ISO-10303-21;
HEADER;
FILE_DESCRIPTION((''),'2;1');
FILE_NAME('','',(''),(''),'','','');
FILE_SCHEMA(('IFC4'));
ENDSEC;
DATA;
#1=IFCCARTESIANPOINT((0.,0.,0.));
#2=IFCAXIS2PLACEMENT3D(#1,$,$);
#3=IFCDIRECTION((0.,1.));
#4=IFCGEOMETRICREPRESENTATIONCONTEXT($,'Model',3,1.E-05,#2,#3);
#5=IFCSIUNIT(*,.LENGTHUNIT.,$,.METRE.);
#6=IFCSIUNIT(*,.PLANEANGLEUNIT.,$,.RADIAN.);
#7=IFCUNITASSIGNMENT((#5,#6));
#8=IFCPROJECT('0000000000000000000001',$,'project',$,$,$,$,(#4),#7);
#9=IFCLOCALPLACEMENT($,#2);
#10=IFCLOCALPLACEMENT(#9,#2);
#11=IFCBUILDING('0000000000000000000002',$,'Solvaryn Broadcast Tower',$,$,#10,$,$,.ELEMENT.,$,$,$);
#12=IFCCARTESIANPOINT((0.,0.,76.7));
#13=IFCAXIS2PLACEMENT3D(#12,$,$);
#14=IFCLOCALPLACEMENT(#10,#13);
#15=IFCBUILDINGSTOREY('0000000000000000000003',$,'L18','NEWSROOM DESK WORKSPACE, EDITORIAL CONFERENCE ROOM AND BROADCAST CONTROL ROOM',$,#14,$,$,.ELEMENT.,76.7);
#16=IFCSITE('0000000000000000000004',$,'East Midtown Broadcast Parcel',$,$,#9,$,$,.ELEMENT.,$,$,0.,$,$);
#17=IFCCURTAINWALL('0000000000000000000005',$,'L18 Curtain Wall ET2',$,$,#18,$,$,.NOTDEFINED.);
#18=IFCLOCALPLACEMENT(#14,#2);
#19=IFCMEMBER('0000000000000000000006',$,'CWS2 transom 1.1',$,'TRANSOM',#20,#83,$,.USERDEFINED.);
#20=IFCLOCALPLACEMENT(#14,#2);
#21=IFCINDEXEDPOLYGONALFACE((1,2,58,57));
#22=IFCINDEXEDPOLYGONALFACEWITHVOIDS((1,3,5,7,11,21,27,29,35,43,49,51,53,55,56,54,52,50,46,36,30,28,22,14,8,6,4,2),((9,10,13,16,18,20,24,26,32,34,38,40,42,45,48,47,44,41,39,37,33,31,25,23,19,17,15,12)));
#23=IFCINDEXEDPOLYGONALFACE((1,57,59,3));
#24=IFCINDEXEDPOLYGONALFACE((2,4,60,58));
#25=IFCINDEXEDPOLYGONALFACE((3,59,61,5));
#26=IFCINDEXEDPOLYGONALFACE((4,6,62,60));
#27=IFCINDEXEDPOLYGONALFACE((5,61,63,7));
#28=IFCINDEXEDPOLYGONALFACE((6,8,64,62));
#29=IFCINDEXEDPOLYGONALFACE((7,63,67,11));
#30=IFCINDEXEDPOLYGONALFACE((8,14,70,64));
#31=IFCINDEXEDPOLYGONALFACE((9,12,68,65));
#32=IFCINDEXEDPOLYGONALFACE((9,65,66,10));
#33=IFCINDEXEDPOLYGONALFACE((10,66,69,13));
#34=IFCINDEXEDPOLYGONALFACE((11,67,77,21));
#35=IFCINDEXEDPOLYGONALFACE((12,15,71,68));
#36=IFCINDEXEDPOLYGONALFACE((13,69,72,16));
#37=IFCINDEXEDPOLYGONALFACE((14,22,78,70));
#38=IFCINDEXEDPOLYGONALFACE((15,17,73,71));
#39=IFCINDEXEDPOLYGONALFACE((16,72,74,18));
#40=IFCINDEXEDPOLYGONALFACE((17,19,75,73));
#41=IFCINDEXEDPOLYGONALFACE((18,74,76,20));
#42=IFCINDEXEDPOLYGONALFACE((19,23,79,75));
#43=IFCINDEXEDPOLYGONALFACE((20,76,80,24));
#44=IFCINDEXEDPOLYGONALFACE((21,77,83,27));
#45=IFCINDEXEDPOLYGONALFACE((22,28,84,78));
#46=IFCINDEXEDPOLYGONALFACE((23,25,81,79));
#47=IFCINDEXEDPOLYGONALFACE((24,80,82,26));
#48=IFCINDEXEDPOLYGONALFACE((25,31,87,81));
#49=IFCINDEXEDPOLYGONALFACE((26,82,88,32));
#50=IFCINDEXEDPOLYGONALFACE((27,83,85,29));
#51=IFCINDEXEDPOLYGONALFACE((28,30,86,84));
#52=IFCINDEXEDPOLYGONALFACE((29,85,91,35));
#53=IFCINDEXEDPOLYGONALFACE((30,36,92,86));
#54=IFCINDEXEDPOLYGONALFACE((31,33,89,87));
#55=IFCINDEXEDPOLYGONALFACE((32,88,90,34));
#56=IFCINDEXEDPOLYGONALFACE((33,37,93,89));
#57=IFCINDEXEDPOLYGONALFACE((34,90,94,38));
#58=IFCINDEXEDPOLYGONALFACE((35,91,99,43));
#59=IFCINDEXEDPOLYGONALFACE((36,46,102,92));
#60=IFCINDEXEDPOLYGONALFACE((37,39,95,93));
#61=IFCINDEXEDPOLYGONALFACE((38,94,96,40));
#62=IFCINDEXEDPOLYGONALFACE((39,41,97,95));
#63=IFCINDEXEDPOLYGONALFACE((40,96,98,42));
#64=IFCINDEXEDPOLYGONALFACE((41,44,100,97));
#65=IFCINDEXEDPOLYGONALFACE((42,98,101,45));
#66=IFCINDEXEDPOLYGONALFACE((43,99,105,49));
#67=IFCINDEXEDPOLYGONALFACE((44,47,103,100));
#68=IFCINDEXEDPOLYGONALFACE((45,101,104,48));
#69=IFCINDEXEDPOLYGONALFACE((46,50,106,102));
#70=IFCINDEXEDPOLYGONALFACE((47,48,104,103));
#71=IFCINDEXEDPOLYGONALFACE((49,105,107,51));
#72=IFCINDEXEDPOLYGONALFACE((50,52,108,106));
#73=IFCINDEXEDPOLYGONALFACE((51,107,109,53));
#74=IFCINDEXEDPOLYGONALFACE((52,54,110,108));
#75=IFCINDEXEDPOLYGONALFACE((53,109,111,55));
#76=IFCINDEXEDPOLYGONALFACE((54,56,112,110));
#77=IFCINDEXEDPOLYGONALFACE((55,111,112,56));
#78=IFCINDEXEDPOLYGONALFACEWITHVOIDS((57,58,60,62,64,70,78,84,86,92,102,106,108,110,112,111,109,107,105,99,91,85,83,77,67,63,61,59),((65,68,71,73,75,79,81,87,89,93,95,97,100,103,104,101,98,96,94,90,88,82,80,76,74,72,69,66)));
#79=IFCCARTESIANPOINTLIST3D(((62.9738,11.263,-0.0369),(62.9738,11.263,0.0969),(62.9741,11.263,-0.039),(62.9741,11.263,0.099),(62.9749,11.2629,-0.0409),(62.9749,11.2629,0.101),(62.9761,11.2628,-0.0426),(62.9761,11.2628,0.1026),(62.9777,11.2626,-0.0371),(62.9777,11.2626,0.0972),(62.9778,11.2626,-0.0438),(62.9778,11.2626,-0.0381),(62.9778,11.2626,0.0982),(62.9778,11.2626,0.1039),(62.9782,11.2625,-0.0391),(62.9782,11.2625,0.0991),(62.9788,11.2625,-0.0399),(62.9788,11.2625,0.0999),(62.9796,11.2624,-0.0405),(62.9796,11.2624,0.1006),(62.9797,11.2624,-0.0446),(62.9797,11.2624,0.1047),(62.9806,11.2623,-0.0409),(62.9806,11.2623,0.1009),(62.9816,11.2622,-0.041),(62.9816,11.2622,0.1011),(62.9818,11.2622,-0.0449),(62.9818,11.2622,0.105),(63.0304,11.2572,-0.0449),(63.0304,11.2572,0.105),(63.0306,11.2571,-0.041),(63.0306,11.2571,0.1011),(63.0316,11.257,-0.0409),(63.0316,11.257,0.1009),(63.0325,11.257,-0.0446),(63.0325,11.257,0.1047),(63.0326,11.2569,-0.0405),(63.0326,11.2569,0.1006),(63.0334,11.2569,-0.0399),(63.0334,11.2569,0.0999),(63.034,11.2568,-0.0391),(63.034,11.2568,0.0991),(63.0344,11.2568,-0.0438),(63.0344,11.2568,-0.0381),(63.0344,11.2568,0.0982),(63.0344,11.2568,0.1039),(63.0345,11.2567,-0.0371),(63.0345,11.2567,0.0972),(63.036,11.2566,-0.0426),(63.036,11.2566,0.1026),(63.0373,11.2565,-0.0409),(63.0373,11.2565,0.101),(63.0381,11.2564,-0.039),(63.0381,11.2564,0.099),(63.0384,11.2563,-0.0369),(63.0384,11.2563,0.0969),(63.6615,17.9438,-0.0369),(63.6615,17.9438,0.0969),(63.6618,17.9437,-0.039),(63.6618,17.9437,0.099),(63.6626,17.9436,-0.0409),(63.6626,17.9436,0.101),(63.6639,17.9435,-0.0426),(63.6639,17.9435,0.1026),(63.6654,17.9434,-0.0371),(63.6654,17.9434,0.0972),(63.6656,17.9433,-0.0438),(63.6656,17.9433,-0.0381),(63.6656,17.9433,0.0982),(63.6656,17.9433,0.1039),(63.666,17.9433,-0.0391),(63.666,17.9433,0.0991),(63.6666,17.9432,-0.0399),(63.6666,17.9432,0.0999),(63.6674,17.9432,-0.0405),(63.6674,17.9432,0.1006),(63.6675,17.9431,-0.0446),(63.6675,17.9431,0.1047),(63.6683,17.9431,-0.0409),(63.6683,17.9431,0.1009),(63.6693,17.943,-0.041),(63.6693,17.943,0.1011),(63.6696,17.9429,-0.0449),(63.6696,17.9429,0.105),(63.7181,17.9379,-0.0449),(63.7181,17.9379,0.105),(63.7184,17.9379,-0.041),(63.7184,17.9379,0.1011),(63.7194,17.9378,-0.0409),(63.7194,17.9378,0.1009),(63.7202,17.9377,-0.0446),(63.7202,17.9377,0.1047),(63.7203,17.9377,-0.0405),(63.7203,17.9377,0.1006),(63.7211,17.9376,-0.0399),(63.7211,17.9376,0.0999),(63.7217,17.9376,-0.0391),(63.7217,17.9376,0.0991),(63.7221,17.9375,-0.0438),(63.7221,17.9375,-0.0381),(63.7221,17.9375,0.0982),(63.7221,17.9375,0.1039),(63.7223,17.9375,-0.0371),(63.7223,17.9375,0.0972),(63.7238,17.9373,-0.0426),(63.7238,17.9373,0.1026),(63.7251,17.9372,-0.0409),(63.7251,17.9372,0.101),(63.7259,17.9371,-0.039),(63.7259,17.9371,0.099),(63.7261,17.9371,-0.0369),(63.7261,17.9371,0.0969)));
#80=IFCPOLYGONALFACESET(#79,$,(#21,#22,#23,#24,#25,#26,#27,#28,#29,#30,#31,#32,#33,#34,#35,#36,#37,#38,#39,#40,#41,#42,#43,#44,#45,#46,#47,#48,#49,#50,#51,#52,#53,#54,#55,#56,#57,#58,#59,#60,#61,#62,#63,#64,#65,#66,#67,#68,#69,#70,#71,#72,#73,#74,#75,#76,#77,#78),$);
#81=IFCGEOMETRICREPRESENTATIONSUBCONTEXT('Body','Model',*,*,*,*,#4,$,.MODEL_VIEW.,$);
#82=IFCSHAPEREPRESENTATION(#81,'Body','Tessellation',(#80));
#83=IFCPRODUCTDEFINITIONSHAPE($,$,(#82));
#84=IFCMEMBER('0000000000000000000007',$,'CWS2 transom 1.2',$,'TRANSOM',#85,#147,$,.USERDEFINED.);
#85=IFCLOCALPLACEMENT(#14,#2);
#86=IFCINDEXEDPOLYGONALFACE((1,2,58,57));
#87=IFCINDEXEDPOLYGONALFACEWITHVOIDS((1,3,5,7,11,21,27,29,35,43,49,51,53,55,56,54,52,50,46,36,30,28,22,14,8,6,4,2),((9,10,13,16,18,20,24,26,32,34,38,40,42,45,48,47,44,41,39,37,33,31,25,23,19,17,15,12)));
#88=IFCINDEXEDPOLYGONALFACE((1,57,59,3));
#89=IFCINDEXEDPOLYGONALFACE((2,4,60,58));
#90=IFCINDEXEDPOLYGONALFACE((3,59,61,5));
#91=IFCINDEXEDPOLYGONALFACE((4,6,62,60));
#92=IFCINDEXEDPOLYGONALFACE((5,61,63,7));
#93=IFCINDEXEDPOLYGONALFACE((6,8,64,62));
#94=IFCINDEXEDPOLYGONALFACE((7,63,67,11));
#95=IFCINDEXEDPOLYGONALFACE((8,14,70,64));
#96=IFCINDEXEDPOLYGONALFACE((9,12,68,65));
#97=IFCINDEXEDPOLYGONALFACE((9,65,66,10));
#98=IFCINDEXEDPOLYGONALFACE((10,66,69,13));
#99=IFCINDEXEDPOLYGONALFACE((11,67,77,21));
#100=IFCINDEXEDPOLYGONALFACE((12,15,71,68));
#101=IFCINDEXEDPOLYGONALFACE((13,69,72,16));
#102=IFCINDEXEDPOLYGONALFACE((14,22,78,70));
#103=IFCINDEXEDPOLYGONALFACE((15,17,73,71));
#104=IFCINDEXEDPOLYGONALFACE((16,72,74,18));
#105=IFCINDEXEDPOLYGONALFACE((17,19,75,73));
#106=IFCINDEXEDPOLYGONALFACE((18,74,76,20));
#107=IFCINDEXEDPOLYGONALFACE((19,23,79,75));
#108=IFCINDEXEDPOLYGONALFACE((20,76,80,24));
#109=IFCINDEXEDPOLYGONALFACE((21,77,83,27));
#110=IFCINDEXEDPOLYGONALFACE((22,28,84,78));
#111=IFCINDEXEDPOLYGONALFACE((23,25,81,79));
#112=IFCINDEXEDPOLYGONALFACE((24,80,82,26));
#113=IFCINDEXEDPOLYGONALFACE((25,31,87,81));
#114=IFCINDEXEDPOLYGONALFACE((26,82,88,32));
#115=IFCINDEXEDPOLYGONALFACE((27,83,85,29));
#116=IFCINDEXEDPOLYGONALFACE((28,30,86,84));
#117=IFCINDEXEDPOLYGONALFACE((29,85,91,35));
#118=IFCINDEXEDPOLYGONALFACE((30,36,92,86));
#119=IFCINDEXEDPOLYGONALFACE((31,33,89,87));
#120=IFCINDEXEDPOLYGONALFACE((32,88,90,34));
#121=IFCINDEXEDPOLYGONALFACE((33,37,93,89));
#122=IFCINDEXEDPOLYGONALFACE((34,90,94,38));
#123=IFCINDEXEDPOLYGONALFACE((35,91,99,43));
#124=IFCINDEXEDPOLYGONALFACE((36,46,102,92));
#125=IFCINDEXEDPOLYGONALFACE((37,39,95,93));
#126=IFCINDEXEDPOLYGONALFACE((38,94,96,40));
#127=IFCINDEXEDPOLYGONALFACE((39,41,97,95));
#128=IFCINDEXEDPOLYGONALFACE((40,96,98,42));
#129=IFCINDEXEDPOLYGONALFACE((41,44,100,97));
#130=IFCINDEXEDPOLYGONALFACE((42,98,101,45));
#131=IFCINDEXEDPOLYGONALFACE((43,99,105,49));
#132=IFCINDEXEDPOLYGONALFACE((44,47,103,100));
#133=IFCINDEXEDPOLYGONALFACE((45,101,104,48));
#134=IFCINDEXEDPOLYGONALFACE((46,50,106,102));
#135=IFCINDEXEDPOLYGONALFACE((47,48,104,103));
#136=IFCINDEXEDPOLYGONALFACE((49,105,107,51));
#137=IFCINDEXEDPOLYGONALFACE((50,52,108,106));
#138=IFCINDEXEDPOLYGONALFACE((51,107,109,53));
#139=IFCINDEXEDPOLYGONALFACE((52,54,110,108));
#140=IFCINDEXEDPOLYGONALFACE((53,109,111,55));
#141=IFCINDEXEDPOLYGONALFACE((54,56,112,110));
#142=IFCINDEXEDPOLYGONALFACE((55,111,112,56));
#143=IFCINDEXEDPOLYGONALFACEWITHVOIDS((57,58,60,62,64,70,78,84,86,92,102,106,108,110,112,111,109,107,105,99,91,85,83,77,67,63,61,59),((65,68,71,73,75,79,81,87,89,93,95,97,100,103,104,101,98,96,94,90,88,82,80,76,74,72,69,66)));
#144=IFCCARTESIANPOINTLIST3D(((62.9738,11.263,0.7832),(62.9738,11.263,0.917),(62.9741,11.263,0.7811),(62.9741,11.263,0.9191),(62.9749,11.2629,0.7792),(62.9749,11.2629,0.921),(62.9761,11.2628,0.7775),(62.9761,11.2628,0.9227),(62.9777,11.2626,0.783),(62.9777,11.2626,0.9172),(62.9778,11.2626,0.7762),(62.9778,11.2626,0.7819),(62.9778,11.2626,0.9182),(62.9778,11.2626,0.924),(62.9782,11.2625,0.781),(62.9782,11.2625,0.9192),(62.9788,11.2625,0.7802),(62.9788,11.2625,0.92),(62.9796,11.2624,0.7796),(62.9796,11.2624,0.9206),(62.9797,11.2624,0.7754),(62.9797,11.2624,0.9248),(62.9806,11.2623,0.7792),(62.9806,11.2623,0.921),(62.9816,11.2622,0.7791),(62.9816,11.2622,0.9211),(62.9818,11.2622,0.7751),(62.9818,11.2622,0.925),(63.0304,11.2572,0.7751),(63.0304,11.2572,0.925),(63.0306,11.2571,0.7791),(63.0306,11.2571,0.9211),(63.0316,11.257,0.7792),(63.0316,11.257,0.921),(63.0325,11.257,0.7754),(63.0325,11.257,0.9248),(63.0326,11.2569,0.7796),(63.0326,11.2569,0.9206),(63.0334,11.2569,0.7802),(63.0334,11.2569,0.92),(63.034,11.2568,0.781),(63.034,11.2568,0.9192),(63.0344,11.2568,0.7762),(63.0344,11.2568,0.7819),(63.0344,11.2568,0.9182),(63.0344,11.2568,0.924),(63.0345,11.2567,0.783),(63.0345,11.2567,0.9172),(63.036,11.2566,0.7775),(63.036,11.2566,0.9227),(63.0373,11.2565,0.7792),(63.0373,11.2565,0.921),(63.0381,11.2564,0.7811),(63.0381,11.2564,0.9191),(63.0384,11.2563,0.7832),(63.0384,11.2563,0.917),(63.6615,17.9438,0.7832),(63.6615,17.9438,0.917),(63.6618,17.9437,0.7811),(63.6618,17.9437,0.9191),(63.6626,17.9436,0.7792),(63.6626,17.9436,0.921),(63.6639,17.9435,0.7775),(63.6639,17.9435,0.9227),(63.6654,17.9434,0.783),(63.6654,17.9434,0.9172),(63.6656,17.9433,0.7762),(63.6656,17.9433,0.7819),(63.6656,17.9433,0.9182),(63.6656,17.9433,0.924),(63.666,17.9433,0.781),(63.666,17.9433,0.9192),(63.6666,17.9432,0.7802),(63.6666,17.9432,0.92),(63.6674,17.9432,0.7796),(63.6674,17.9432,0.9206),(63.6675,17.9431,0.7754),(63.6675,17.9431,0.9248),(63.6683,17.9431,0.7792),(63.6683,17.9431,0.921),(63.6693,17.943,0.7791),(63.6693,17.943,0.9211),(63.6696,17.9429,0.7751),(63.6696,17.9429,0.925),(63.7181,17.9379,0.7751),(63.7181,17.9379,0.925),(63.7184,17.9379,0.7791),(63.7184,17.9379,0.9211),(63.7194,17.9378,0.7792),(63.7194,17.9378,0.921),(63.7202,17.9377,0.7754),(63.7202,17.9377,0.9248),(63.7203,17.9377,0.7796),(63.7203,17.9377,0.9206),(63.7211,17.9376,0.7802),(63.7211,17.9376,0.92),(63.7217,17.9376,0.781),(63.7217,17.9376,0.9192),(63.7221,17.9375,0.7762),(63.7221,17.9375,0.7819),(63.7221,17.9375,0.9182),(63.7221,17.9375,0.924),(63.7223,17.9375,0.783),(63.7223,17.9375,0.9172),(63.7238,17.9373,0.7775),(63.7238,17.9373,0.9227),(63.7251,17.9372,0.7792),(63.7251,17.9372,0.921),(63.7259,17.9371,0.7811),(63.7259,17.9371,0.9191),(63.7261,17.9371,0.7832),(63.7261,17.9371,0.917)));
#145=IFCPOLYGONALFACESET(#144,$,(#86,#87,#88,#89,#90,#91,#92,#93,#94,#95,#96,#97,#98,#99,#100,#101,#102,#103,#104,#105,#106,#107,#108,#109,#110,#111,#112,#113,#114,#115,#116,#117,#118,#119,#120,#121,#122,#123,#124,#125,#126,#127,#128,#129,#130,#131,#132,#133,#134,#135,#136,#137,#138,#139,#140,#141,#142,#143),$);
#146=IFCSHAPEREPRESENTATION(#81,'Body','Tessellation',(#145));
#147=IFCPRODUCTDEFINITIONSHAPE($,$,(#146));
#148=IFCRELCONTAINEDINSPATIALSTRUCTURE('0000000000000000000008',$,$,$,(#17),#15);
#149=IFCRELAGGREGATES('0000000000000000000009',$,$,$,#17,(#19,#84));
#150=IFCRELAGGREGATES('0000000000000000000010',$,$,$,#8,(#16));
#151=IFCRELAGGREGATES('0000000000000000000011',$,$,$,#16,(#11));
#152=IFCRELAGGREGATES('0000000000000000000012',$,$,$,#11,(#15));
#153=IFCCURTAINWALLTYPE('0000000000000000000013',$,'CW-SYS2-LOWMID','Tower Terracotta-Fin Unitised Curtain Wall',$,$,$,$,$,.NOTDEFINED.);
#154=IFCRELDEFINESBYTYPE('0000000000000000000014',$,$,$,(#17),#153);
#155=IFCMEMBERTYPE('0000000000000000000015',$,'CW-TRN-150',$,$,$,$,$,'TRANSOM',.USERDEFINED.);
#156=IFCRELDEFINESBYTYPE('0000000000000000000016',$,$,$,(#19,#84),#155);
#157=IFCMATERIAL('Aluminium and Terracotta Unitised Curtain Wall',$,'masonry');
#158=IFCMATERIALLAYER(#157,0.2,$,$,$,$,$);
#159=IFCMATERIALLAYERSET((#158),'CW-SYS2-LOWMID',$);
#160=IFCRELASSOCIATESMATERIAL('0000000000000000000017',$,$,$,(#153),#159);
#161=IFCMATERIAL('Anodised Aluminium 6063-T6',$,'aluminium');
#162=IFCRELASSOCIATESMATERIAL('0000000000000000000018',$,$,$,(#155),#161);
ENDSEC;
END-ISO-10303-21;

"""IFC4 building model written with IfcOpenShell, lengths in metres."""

from ifc_helpers import new_model, si_unit, direction, frame, origin, origin_2d, place, context, subcontext, project, spatial, hollow_rectangle, extrude, material, layer, layer_set, material_profile, profile_set, type_object, element, aggregate, save


model = new_model("IFC4")

# Units and contexts
model_context = context("Model", 3, precision=1e-05, world=origin(), true_north=direction((0.0, 1.0)))
body_context = subcontext(model_context, "Body", "Model", "MODEL_VIEW")
ifc_project = project(units=[si_unit("LENGTHUNIT", "METRE"), si_unit("PLANEANGLEUNIT", "RADIAN")], contexts=[model_context])

# Site, building, storey
site_placement = place(None, origin())
site = spatial("IfcSite", under=ifc_project, at=site_placement, Name="East Midtown Broadcast Parcel", CompositionType="ELEMENT", RefElevation=0.0)
building_placement = place(site_placement, origin())
building = spatial("IfcBuilding", under=site, at=building_placement, Name="Solvaryn Broadcast Tower", CompositionType="ELEMENT")
storey_placement = place(building_placement, frame((0.0, 0.0, 76.7)))
storey = spatial("IfcBuildingStorey", under=building, at=storey_placement, Name="L18", Description="NEWSROOM DESK WORKSPACE, EDITORIAL CONFERENCE ROOM AND BROADCAST CONTROL ROOM", CompositionType="ELEMENT", Elevation=76.7)

# Shared definitions
ifc_material_1 = material(Name="Aluminium and Terracotta Unitised Curtain Wall", Category="masonry")
ifc_layer_1 = layer(ifc_material_1, 0.2)
ifc_layer_set_1 = layer_set([ifc_layer_1], Name="CW-SYS2-LOWMID")
curtain_wall_type = type_object("IfcCurtainWallType", Name="CW-SYS2-LOWMID", Description="Tower Terracotta-Fin Unitised Curtain Wall", PredefinedType="NOTDEFINED", material=ifc_layer_set_1)

# Curtain wall, members
curtain_wall_1_placement = place(storey_placement, origin())
curtain_wall_1 = element("IfcCurtainWall", 1, at=curtain_wall_1_placement, inside=storey, type_object=curtain_wall_type, Name="L18 Curtain Wall ET2", PredefinedType="NOTDEFINED")
ifc_material_2 = material(Name="Anodised Aluminium 6063-T6", Category="aluminium")
ifc_material_profile_1 = material_profile(ifc_material_2, hollow_rectangle(XDim=0.0649, YDim=0.1499, WallThickness=0.0039, InnerFilletRadius=0.0039, OuterFilletRadius=0.0081, at=origin_2d()))
ifc_profile_set_1 = profile_set([ifc_material_profile_1], Name="Anodised Aluminium 6063-T6")
member_type_1 = type_object("IfcMemberType", Name="CW-TRN-150", ElementType="TRANSOM", PredefinedType="USERDEFINED", material=ifc_profile_set_1)
member_1_placement = place(storey_placement, frame((63.6938, 17.9404, 0.03), z_axis=(-0.102404, -0.994743, 0.0), x_axis=(0.994743, -0.102404, 0.0)))
member_1 = element("IfcMember", 2, at=member_1_placement, type_object=member_type_1, Name="CWS2 transom 1.1", ObjectType="TRANSOM", PredefinedType="USERDEFINED", context=body_context, shape_type="SweptSolid", body=[
    extrude(hollow_rectangle(XDim=0.0649, YDim=0.1499, WallThickness=0.0039, InnerFilletRadius=0.0039, OuterFilletRadius=0.0081, at=origin_2d()), origin(), (0.0, 0.0, 1.0), 6.7161),
])
member_2_placement = place(storey_placement, frame((63.6938, 17.9404, 0.8501), z_axis=(-0.102404, -0.994743, 0.0), x_axis=(0.994743, -0.102404, 0.0)))
member_2 = element("IfcMember", 3, at=member_2_placement, type_object=member_type_1, Name="CWS2 transom 1.2", ObjectType="TRANSOM", PredefinedType="USERDEFINED", context=body_context, shape_type="SweptSolid", body=[
    extrude(hollow_rectangle(XDim=0.0649, YDim=0.1499, WallThickness=0.0039, InnerFilletRadius=0.0039, OuterFilletRadius=0.0081, at=origin_2d()), origin(), (0.0, 0.0, 1.0), 6.7161),
])
aggregate(curtain_wall_1, [member_1, member_2])

save(model, "model.ifc")
